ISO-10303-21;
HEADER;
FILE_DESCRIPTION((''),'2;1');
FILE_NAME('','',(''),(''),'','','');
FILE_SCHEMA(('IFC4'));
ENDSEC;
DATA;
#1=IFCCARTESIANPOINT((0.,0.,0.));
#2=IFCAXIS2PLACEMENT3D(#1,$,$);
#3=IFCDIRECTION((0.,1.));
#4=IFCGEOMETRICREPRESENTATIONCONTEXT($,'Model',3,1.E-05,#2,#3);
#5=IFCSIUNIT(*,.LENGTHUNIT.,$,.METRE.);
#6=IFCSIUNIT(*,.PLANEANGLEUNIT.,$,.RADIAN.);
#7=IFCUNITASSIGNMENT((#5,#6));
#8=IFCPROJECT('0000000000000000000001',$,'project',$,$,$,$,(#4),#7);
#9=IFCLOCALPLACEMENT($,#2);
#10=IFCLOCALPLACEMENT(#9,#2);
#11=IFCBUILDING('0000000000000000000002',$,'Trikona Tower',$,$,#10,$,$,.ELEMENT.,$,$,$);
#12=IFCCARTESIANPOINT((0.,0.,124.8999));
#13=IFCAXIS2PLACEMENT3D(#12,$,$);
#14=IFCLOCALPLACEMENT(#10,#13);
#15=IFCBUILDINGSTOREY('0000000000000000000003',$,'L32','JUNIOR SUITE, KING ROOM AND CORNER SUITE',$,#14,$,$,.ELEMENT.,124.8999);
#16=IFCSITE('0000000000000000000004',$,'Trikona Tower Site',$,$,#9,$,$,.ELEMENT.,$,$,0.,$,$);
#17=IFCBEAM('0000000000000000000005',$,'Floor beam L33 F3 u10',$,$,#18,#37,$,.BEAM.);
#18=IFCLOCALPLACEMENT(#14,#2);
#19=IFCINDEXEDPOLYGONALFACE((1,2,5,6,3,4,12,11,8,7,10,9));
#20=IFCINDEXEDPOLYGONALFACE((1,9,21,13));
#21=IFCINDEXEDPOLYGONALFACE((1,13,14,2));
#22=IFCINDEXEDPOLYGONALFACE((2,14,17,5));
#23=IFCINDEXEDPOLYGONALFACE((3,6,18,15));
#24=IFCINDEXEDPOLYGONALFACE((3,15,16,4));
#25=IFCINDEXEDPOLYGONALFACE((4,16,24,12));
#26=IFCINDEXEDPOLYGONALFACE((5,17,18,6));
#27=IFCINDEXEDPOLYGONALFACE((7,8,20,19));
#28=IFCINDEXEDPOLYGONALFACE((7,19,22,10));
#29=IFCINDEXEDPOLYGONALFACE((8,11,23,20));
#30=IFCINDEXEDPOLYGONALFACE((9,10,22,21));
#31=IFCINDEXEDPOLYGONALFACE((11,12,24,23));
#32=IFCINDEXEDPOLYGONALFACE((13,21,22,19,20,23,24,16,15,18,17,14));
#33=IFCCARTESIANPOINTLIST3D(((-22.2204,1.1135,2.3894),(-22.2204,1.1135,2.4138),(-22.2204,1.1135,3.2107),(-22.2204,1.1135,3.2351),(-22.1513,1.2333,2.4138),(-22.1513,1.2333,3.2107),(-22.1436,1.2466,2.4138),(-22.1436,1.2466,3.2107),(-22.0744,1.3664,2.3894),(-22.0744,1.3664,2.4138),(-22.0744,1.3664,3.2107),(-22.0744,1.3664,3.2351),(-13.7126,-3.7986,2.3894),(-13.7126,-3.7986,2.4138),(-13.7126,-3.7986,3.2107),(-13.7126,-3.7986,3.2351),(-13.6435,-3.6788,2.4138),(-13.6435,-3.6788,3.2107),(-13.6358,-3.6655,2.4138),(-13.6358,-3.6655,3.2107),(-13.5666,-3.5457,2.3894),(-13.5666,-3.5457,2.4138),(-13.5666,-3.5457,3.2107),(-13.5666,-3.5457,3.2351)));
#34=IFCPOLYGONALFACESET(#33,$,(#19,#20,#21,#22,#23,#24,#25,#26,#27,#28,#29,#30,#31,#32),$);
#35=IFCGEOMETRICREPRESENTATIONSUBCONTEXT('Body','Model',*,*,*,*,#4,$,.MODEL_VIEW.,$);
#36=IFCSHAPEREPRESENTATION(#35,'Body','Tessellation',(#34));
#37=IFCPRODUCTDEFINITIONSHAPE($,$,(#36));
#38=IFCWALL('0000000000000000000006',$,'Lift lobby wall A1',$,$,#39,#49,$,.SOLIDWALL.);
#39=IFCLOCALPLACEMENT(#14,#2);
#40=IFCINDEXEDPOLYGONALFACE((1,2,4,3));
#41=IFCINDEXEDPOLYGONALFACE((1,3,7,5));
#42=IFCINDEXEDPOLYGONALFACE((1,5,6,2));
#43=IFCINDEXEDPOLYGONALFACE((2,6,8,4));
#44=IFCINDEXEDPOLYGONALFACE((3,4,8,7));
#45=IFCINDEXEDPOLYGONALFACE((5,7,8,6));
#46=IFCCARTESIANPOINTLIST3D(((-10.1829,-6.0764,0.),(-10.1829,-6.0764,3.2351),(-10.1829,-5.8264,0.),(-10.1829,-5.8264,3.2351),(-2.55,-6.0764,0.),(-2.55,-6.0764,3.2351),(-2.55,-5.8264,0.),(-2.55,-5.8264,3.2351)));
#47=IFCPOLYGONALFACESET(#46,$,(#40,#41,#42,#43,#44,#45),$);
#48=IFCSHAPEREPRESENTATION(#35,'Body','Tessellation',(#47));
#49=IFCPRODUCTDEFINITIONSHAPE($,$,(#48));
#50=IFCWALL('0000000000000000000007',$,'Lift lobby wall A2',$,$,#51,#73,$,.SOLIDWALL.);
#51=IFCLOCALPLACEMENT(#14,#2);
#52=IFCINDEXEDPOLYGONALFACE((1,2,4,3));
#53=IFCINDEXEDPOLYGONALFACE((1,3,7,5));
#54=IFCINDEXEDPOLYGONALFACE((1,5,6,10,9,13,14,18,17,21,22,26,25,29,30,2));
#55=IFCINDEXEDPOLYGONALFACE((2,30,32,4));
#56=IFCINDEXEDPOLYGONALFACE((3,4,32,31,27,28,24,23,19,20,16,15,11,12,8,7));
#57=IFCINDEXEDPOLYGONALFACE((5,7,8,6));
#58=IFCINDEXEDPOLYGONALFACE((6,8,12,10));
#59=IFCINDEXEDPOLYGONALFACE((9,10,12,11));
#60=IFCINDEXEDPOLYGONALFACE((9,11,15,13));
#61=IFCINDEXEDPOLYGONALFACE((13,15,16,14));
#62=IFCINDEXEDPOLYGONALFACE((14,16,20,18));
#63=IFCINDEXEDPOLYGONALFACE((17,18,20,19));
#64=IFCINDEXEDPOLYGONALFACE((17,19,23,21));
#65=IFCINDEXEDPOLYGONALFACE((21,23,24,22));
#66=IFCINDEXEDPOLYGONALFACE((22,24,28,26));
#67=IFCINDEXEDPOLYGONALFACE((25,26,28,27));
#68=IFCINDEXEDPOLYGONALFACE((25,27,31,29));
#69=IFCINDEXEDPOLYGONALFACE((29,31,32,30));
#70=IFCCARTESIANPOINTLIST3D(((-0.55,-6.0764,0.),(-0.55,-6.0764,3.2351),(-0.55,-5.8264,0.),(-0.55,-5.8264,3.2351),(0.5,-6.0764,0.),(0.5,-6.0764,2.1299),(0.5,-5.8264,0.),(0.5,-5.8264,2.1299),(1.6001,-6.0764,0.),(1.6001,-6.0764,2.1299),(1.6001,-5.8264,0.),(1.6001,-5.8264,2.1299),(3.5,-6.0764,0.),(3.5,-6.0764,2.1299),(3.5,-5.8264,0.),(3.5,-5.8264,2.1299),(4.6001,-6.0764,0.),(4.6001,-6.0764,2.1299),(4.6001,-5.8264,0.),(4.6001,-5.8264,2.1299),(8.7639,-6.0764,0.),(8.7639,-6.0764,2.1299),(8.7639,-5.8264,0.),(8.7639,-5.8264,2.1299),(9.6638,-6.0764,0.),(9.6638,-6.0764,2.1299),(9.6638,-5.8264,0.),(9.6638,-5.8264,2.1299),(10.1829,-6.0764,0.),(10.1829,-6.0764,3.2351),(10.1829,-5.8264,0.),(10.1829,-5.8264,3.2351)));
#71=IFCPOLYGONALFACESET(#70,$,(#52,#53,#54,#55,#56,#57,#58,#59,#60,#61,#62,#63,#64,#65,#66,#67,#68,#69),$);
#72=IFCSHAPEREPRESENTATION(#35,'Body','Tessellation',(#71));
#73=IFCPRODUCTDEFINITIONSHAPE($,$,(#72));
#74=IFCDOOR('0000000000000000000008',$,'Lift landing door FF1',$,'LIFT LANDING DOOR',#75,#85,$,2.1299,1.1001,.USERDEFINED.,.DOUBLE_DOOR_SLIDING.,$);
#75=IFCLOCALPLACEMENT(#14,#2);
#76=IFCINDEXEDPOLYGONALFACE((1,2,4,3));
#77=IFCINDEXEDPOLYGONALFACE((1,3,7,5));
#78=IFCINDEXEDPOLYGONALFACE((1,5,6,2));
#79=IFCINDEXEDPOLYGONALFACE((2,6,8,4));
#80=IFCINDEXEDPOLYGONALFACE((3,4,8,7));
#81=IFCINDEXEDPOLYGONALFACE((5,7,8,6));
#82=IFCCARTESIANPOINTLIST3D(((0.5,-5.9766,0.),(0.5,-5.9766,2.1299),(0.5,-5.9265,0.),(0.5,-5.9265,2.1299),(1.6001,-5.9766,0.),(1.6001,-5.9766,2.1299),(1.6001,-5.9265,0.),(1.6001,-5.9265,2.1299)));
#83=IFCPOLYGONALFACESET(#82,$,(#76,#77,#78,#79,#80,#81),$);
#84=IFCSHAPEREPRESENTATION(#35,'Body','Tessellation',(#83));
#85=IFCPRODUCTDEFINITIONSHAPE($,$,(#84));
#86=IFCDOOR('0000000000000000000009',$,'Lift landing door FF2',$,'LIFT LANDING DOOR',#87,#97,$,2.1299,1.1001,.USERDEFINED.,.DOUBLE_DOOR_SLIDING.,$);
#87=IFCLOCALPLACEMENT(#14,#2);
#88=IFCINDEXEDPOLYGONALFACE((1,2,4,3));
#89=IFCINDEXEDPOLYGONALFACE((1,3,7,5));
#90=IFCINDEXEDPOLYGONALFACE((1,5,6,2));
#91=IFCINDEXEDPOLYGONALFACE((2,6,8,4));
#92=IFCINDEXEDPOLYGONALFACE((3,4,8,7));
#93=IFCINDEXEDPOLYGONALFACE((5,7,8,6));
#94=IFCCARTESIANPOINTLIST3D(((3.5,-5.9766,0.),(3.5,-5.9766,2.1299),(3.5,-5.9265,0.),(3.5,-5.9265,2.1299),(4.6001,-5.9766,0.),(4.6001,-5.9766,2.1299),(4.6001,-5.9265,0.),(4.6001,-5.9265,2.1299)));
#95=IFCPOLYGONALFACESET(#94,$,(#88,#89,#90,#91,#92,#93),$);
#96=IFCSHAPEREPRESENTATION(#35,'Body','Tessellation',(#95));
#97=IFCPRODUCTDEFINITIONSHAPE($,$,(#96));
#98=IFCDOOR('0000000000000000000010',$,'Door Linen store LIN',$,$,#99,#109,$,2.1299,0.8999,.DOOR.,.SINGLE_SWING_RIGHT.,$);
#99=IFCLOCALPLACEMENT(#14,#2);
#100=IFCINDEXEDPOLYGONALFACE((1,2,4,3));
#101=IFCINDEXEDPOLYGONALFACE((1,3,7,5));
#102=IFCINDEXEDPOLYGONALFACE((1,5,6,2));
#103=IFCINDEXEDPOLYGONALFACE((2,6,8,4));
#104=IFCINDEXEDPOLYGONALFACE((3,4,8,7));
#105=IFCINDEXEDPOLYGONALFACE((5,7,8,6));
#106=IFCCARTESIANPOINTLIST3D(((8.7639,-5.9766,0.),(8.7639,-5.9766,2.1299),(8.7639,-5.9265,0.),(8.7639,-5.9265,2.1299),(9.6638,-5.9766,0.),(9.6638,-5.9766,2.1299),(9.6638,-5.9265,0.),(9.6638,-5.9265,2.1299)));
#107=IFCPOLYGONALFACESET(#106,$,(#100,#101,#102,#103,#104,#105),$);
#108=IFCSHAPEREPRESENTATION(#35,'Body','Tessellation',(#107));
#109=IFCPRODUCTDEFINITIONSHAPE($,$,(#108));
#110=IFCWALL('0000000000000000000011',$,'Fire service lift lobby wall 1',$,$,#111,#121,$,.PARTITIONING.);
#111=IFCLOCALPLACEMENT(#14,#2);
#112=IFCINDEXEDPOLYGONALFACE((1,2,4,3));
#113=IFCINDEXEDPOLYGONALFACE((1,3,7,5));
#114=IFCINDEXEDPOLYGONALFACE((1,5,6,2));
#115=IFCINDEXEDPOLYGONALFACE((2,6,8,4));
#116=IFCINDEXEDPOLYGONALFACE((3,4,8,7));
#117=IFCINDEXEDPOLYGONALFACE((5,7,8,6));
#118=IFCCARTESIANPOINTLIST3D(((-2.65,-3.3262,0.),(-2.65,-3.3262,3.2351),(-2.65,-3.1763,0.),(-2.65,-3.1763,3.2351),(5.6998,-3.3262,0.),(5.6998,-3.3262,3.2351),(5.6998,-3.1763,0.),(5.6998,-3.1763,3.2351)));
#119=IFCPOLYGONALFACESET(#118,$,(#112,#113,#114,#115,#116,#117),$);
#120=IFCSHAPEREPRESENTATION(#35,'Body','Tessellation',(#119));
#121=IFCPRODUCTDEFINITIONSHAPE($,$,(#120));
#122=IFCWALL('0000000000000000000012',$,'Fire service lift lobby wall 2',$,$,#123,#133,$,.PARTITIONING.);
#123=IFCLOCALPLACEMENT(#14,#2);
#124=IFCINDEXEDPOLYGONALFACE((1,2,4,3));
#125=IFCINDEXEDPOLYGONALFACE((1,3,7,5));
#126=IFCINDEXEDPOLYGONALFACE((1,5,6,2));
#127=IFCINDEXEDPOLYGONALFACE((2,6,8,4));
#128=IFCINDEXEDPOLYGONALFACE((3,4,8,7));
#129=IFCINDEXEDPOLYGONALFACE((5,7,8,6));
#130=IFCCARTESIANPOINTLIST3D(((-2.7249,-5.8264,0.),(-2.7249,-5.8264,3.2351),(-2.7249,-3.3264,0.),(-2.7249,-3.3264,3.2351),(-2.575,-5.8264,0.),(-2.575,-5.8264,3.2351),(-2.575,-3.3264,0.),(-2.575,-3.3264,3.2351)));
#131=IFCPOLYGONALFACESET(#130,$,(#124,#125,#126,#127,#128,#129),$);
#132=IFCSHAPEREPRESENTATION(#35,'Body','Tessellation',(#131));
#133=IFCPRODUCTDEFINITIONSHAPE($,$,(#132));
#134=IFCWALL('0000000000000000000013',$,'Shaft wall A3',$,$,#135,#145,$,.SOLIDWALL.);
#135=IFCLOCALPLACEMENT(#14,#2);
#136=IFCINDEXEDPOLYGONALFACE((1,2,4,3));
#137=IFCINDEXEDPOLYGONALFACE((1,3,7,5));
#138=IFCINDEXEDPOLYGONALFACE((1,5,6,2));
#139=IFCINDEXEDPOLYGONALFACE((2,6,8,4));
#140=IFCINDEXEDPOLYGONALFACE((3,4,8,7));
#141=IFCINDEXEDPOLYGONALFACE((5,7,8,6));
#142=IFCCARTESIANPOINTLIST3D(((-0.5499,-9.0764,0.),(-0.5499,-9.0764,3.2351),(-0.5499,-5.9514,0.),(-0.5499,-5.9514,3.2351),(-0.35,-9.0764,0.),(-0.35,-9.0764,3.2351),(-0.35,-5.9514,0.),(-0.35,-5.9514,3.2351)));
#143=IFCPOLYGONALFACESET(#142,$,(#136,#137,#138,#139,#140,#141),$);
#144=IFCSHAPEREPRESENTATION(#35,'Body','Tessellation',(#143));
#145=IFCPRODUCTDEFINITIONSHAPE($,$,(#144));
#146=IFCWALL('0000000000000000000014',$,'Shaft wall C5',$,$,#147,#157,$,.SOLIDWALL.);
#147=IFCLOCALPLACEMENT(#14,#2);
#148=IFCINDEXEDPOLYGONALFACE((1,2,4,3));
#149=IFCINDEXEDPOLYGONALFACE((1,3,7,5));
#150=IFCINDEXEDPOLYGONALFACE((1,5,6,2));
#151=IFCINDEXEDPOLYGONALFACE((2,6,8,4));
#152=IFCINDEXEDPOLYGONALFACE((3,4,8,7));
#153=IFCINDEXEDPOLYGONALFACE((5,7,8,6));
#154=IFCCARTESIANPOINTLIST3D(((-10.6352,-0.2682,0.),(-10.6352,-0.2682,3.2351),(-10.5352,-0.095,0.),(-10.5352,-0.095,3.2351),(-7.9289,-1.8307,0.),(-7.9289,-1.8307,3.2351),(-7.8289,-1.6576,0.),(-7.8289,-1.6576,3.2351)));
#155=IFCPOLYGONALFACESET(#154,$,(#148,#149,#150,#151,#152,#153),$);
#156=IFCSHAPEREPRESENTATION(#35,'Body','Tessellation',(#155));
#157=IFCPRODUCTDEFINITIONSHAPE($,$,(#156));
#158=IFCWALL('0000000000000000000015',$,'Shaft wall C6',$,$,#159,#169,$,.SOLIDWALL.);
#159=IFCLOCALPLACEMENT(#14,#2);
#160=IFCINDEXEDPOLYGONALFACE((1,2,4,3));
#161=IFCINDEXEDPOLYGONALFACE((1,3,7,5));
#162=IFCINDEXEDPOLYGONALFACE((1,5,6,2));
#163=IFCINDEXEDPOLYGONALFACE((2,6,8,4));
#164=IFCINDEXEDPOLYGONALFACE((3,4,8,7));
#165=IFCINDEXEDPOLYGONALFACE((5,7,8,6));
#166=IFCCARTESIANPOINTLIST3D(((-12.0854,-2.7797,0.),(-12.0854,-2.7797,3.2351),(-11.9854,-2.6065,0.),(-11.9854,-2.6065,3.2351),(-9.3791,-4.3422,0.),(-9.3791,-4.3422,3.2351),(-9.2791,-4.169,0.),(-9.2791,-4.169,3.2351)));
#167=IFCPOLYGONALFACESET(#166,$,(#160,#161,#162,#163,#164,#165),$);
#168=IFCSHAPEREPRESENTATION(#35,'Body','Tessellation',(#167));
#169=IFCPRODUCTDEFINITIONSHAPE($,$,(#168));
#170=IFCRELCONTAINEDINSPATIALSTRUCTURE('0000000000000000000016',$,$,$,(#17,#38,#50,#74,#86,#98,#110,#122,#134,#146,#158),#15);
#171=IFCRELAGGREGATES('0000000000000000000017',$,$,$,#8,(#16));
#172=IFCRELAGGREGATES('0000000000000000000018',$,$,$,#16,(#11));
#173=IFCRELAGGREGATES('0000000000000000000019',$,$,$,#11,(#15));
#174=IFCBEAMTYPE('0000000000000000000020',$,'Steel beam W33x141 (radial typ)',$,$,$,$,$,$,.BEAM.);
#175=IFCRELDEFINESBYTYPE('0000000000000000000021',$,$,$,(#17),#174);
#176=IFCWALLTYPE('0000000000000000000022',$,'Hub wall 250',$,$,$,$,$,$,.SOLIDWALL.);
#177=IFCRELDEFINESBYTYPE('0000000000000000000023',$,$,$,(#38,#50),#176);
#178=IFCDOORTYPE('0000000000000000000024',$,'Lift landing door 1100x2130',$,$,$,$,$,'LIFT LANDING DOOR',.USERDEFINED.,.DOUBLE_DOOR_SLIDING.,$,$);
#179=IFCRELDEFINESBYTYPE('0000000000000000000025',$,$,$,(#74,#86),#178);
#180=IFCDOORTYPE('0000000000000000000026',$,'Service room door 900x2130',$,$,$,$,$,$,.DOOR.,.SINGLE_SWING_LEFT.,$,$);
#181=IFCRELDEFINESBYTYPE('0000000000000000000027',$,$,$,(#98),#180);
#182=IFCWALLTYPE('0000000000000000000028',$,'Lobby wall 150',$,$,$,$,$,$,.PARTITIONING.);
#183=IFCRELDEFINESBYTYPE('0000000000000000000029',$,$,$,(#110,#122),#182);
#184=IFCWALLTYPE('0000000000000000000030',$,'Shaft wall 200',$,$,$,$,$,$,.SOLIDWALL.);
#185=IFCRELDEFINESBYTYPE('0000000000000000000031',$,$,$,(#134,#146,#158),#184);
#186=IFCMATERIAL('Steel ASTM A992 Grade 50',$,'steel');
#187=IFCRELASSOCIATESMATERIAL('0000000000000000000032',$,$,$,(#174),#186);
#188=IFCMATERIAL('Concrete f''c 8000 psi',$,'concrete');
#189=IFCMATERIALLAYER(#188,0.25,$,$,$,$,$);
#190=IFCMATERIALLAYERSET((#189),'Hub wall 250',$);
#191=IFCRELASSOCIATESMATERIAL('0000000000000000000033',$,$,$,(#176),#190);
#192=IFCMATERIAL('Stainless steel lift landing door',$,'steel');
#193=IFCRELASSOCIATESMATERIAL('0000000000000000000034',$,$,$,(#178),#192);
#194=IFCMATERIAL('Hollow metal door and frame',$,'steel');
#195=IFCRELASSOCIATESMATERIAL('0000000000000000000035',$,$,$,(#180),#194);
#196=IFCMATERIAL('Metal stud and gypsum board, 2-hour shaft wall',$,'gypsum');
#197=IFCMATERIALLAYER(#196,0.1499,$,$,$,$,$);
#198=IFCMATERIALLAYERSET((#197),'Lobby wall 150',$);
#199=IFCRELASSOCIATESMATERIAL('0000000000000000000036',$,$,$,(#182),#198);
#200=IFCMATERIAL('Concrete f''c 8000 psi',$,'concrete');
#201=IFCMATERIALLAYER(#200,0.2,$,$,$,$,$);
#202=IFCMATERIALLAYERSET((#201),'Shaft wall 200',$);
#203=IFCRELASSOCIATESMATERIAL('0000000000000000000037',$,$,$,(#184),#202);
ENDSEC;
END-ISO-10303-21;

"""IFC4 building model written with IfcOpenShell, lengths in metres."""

from ifc_helpers import new_model, si_unit, direction, frame, frame_2d, origin, origin_2d, place, context, subcontext, project, spatial, rectangle, i_section, extrude, material, layer, layer_set, material_profile, profile_set, type_object, element, fill, save


model = new_model("IFC4")

# Units and contexts
model_context = context("Model", 3, precision=1e-05, world=origin(), true_north=direction((0.0, 1.0)))
body_context = subcontext(model_context, "Body", "Model", "MODEL_VIEW")
ifc_project = project(units=[si_unit("LENGTHUNIT", "METRE"), si_unit("PLANEANGLEUNIT", "RADIAN")], contexts=[model_context])

# Site, building, storey
site_placement = place(None, origin())
site = spatial("IfcSite", under=ifc_project, at=site_placement, Name="Trikona Tower Site", CompositionType="ELEMENT", RefElevation=0.0)
building_placement = place(site_placement, origin())
building = spatial("IfcBuilding", under=site, at=building_placement, Name="Trikona Tower", CompositionType="ELEMENT")
storey_placement = place(building_placement, frame((0.0, 0.0, 124.8999)))
storey = spatial("IfcBuildingStorey", under=building, at=storey_placement, Name="L32", Description="JUNIOR SUITE, KING ROOM AND CORNER SUITE", CompositionType="ELEMENT", Elevation=124.8999)

# Beam
ifc_material_1 = material(Name="Steel ASTM A992 Grade 50", Category="steel")
ifc_material_profile = material_profile(ifc_material_1, i_section(OverallWidth=0.292, OverallDepth=0.8457, WebThickness=0.0154, FlangeThickness=0.0244, at=origin_2d()), Name="W33X141")
ifc_profile_set = profile_set([ifc_material_profile], Name="Steel ASTM A992 Grade 50")
beam_type = type_object("IfcBeamType", Name="Steel beam W33x141 (radial typ)", PredefinedType="BEAM", material=ifc_profile_set)
beam_placement = place(storey_placement, frame((-13.6396, -3.6721, 2.8123), z_axis=(-0.86602, 0.500009, 0.0), x_axis=(-0.500009, -0.86602, 0.0)))
element("IfcBeam", 1, at=beam_placement, inside=storey, type_object=beam_type, Name="Floor beam L33 F3 u10", PredefinedType="BEAM", context=body_context, shape_type="SweptSolid", body=[
    extrude(i_section(OverallWidth=0.292, OverallDepth=0.8457, WebThickness=0.0154, FlangeThickness=0.0244, at=origin_2d()), origin(), (0.0, 0.0, 1.0), 9.824),
])

# Wall
ifc_material_2 = material(Name="Concrete f'c 8000 psi", Category="concrete")
ifc_layer_1 = layer(ifc_material_2, 0.25)
ifc_layer_set_1 = layer_set([ifc_layer_1], Name="Hub wall 250")
wall_type_1 = type_object("IfcWallType", Name="Hub wall 250", PredefinedType="SOLIDWALL", material=ifc_layer_set_1)
wall_1_placement = place(storey_placement, frame((-10.1829, -5.9514, 0.0), z_axis=(0.0, 0.0, 1.0), x_axis=(1.0, 0.0, 0.0)))
element("IfcWall", 2, at=wall_1_placement, inside=storey, type_object=wall_type_1, Name="Lift lobby wall A1", PredefinedType="SOLIDWALL", context=body_context, shape_type="SweptSolid", body=[
    extrude(rectangle(XDim=7.6328, YDim=0.25, at=frame_2d((3.8164, 0.0))), origin(), (0.0, 0.0, 1.0), 3.2351),
])

# Wall, openings, doors
wall_2_placement = place(storey_placement, frame((-0.55, -5.9514, 0.0), z_axis=(0.0, 0.0, 1.0), x_axis=(1.0, 0.0, 0.0)))
wall_2 = element("IfcWall", 3, at=wall_2_placement, inside=storey, type_object=wall_type_1, Name="Lift lobby wall A2", PredefinedType="SOLIDWALL", context=body_context, shape_type="SweptSolid", body=[
    extrude(rectangle(XDim=10.7329, YDim=0.25, at=frame_2d((5.3665, 0.0))), origin(), (0.0, 0.0, 1.0), 3.2351),
])
opening_1_placement = place(wall_2_placement, frame((9.314, 0.0, 0.0)))
opening_1 = element("IfcOpeningElement", 4, at=opening_1_placement, cuts=wall_2, PredefinedType="OPENING", context=body_context, shape_type="SweptSolid", body=[
    extrude(rectangle(XDim=0.8999, YDim=2.1299, at=frame_2d((0.45, 1.0649))), frame((0.0, 0.135, 0.0), z_axis=(0.0, -1.0, 0.0), x_axis=(1.0, 0.0, 0.0)), (0.0, 0.0, 1.0), 0.27),
])
opening_2_placement = place(wall_2_placement, frame((1.05, 0.0, 0.0)))
opening_2 = element("IfcOpeningElement", 5, at=opening_2_placement, cuts=wall_2, PredefinedType="OPENING", context=body_context, shape_type="SweptSolid", body=[
    extrude(rectangle(XDim=1.1001, YDim=2.1299, at=frame_2d((0.55, 1.0649))), frame((0.0, 0.135, 0.0), z_axis=(0.0, -1.0, 0.0), x_axis=(1.0, 0.0, 0.0)), (0.0, 0.0, 1.0), 0.27),
])
opening_3_placement = place(wall_2_placement, frame((4.05, 0.0, 0.0)))
opening_3 = element("IfcOpeningElement", 6, at=opening_3_placement, cuts=wall_2, PredefinedType="OPENING", context=body_context, shape_type="SweptSolid", body=[
    extrude(rectangle(XDim=1.1001, YDim=2.1299, at=frame_2d((0.55, 1.0649))), frame((0.0, 0.135, 0.0), z_axis=(0.0, -1.0, 0.0), x_axis=(1.0, 0.0, 0.0)), (0.0, 0.0, 1.0), 0.27),
])
ifc_material_3 = material(Name="Stainless steel lift landing door", Category="steel")
door_type_1 = type_object("IfcDoorType", Name="Lift landing door 1100x2130", ElementType="LIFT LANDING DOOR", OperationType="DOUBLE_DOOR_SLIDING", PredefinedType="USERDEFINED", material=ifc_material_3)
door_1_placement = place(opening_2_placement, origin())
door_1 = element("IfcDoor", 7, at=door_1_placement, inside=storey, type_object=door_type_1, Name="Lift landing door FF1", ObjectType="LIFT LANDING DOOR", OperationType="DOUBLE_DOOR_SLIDING", OverallHeight=2.1299, OverallWidth=1.1001, PredefinedType="USERDEFINED", context=body_context, shape_type="SweptSolid", body=[
    extrude(rectangle(XDim=1.1001, YDim=2.1299, at=frame_2d((0.55, 1.0649))), frame((0.0, 0.0249, 0.0), z_axis=(0.0, -1.0, 0.0), x_axis=(1.0, 0.0, 0.0)), (0.0, 0.0, 1.0), 0.05),
])
fill(opening_2, door_1)
door_2_placement = place(opening_3_placement, origin())
door_2 = element("IfcDoor", 8, at=door_2_placement, inside=storey, type_object=door_type_1, Name="Lift landing door FF2", ObjectType="LIFT LANDING DOOR", OperationType="DOUBLE_DOOR_SLIDING", OverallHeight=2.1299, OverallWidth=1.1001, PredefinedType="USERDEFINED", context=body_context, shape_type="SweptSolid", body=[
    extrude(rectangle(XDim=1.1001, YDim=2.1299, at=frame_2d((0.55, 1.0649))), frame((0.0, 0.0249, 0.0), z_axis=(0.0, -1.0, 0.0), x_axis=(1.0, 0.0, 0.0)), (0.0, 0.0, 1.0), 0.05),
])
fill(opening_3, door_2)
ifc_material_4 = material(Name="Hollow metal door and frame", Category="steel")
door_type_2 = type_object("IfcDoorType", Name="Service room door 900x2130", OperationType="SINGLE_SWING_LEFT", PredefinedType="DOOR", material=ifc_material_4)
door_3_placement = place(opening_1_placement, origin())
door_3 = element("IfcDoor", 9, at=door_3_placement, inside=storey, type_object=door_type_2, Name="Door Linen store LIN", OperationType="SINGLE_SWING_RIGHT", OverallHeight=2.1299, OverallWidth=0.8999, PredefinedType="DOOR", context=body_context, shape_type="SweptSolid", body=[
    extrude(rectangle(XDim=0.8999, YDim=2.1299, at=frame_2d((0.45, 1.0649))), frame((0.0, 0.0249, 0.0), z_axis=(0.0, -1.0, 0.0), x_axis=(1.0, 0.0, 0.0)), (0.0, 0.0, 1.0), 0.05),
])
fill(opening_1, door_3)

# Walls
ifc_material_5 = material(Name="Metal stud and gypsum board, 2-hour shaft wall", Category="gypsum")
ifc_layer_2 = layer(ifc_material_5, 0.1499)
ifc_layer_set_2 = layer_set([ifc_layer_2], Name="Lobby wall 150")
wall_type_2 = type_object("IfcWallType", Name="Lobby wall 150", PredefinedType="PARTITIONING", material=ifc_layer_set_2)
wall_3_placement = place(storey_placement, frame((-2.6499, -3.2512, 0.0), z_axis=(0.0, 0.0, 1.0), x_axis=(1.0, 0.0, 0.0)))
element("IfcWall", 10, at=wall_3_placement, inside=storey, type_object=wall_type_2, Name="Fire service lift lobby wall 1", PredefinedType="PARTITIONING", context=body_context, shape_type="SweptSolid", body=[
    extrude(rectangle(XDim=8.3499, YDim=0.1499, at=frame_2d((4.1748, 0.0))), origin(), (0.0, 0.0, 1.0), 3.2351),
])
wall_4_placement = place(storey_placement, frame((-2.6499, -5.8264, 0.0), z_axis=(0.0, 0.0, 1.0), x_axis=(0.0, 1.0, 0.0)))
element("IfcWall", 11, at=wall_4_placement, inside=storey, type_object=wall_type_2, Name="Fire service lift lobby wall 2", PredefinedType="PARTITIONING", context=body_context, shape_type="SweptSolid", body=[
    extrude(rectangle(XDim=2.5, YDim=0.1499, at=frame_2d((1.25, 0.0))), origin(), (0.0, 0.0, 1.0), 3.2351),
])
ifc_material_6 = material(Name="Concrete f'c 8000 psi", Category="concrete")
ifc_layer_3 = layer(ifc_material_6, 0.2)
ifc_layer_set_3 = layer_set([ifc_layer_3], Name="Shaft wall 200")
wall_type_3 = type_object("IfcWallType", Name="Shaft wall 200", PredefinedType="SOLIDWALL", material=ifc_layer_set_3)
for number, where, z_axis, x_axis, name in (
    (12, (-0.45, -5.9514, 0.0), (0.0, 0.0, 1.0), (0.0, -1.0, 0.0), "Shaft wall A3"),
    (13, (-7.8789, -1.7441, 0.0), (0.0, 0.0, 1.0), (-0.866023, 0.500004, 0.0), "Shaft wall C5"),
    (14, (-9.3291, -4.2556, 0.0), (0.0, 0.0, 1.0), (-0.866023, 0.500004, 0.0), "Shaft wall C6"),
):
    element("IfcWall", number, at=place(storey_placement, frame(where, z_axis=z_axis, x_axis=x_axis)), inside=storey, type_object=wall_type_3, Name=name, PredefinedType="SOLIDWALL", context=body_context, shape_type="SweptSolid", body=[
        extrude(rectangle(XDim=3.125, YDim=0.2, at=frame_2d((1.5625, 0.0))), origin(), (0.0, 0.0, 1.0), 3.2351),
    ])

save(model, "model.ifc")
